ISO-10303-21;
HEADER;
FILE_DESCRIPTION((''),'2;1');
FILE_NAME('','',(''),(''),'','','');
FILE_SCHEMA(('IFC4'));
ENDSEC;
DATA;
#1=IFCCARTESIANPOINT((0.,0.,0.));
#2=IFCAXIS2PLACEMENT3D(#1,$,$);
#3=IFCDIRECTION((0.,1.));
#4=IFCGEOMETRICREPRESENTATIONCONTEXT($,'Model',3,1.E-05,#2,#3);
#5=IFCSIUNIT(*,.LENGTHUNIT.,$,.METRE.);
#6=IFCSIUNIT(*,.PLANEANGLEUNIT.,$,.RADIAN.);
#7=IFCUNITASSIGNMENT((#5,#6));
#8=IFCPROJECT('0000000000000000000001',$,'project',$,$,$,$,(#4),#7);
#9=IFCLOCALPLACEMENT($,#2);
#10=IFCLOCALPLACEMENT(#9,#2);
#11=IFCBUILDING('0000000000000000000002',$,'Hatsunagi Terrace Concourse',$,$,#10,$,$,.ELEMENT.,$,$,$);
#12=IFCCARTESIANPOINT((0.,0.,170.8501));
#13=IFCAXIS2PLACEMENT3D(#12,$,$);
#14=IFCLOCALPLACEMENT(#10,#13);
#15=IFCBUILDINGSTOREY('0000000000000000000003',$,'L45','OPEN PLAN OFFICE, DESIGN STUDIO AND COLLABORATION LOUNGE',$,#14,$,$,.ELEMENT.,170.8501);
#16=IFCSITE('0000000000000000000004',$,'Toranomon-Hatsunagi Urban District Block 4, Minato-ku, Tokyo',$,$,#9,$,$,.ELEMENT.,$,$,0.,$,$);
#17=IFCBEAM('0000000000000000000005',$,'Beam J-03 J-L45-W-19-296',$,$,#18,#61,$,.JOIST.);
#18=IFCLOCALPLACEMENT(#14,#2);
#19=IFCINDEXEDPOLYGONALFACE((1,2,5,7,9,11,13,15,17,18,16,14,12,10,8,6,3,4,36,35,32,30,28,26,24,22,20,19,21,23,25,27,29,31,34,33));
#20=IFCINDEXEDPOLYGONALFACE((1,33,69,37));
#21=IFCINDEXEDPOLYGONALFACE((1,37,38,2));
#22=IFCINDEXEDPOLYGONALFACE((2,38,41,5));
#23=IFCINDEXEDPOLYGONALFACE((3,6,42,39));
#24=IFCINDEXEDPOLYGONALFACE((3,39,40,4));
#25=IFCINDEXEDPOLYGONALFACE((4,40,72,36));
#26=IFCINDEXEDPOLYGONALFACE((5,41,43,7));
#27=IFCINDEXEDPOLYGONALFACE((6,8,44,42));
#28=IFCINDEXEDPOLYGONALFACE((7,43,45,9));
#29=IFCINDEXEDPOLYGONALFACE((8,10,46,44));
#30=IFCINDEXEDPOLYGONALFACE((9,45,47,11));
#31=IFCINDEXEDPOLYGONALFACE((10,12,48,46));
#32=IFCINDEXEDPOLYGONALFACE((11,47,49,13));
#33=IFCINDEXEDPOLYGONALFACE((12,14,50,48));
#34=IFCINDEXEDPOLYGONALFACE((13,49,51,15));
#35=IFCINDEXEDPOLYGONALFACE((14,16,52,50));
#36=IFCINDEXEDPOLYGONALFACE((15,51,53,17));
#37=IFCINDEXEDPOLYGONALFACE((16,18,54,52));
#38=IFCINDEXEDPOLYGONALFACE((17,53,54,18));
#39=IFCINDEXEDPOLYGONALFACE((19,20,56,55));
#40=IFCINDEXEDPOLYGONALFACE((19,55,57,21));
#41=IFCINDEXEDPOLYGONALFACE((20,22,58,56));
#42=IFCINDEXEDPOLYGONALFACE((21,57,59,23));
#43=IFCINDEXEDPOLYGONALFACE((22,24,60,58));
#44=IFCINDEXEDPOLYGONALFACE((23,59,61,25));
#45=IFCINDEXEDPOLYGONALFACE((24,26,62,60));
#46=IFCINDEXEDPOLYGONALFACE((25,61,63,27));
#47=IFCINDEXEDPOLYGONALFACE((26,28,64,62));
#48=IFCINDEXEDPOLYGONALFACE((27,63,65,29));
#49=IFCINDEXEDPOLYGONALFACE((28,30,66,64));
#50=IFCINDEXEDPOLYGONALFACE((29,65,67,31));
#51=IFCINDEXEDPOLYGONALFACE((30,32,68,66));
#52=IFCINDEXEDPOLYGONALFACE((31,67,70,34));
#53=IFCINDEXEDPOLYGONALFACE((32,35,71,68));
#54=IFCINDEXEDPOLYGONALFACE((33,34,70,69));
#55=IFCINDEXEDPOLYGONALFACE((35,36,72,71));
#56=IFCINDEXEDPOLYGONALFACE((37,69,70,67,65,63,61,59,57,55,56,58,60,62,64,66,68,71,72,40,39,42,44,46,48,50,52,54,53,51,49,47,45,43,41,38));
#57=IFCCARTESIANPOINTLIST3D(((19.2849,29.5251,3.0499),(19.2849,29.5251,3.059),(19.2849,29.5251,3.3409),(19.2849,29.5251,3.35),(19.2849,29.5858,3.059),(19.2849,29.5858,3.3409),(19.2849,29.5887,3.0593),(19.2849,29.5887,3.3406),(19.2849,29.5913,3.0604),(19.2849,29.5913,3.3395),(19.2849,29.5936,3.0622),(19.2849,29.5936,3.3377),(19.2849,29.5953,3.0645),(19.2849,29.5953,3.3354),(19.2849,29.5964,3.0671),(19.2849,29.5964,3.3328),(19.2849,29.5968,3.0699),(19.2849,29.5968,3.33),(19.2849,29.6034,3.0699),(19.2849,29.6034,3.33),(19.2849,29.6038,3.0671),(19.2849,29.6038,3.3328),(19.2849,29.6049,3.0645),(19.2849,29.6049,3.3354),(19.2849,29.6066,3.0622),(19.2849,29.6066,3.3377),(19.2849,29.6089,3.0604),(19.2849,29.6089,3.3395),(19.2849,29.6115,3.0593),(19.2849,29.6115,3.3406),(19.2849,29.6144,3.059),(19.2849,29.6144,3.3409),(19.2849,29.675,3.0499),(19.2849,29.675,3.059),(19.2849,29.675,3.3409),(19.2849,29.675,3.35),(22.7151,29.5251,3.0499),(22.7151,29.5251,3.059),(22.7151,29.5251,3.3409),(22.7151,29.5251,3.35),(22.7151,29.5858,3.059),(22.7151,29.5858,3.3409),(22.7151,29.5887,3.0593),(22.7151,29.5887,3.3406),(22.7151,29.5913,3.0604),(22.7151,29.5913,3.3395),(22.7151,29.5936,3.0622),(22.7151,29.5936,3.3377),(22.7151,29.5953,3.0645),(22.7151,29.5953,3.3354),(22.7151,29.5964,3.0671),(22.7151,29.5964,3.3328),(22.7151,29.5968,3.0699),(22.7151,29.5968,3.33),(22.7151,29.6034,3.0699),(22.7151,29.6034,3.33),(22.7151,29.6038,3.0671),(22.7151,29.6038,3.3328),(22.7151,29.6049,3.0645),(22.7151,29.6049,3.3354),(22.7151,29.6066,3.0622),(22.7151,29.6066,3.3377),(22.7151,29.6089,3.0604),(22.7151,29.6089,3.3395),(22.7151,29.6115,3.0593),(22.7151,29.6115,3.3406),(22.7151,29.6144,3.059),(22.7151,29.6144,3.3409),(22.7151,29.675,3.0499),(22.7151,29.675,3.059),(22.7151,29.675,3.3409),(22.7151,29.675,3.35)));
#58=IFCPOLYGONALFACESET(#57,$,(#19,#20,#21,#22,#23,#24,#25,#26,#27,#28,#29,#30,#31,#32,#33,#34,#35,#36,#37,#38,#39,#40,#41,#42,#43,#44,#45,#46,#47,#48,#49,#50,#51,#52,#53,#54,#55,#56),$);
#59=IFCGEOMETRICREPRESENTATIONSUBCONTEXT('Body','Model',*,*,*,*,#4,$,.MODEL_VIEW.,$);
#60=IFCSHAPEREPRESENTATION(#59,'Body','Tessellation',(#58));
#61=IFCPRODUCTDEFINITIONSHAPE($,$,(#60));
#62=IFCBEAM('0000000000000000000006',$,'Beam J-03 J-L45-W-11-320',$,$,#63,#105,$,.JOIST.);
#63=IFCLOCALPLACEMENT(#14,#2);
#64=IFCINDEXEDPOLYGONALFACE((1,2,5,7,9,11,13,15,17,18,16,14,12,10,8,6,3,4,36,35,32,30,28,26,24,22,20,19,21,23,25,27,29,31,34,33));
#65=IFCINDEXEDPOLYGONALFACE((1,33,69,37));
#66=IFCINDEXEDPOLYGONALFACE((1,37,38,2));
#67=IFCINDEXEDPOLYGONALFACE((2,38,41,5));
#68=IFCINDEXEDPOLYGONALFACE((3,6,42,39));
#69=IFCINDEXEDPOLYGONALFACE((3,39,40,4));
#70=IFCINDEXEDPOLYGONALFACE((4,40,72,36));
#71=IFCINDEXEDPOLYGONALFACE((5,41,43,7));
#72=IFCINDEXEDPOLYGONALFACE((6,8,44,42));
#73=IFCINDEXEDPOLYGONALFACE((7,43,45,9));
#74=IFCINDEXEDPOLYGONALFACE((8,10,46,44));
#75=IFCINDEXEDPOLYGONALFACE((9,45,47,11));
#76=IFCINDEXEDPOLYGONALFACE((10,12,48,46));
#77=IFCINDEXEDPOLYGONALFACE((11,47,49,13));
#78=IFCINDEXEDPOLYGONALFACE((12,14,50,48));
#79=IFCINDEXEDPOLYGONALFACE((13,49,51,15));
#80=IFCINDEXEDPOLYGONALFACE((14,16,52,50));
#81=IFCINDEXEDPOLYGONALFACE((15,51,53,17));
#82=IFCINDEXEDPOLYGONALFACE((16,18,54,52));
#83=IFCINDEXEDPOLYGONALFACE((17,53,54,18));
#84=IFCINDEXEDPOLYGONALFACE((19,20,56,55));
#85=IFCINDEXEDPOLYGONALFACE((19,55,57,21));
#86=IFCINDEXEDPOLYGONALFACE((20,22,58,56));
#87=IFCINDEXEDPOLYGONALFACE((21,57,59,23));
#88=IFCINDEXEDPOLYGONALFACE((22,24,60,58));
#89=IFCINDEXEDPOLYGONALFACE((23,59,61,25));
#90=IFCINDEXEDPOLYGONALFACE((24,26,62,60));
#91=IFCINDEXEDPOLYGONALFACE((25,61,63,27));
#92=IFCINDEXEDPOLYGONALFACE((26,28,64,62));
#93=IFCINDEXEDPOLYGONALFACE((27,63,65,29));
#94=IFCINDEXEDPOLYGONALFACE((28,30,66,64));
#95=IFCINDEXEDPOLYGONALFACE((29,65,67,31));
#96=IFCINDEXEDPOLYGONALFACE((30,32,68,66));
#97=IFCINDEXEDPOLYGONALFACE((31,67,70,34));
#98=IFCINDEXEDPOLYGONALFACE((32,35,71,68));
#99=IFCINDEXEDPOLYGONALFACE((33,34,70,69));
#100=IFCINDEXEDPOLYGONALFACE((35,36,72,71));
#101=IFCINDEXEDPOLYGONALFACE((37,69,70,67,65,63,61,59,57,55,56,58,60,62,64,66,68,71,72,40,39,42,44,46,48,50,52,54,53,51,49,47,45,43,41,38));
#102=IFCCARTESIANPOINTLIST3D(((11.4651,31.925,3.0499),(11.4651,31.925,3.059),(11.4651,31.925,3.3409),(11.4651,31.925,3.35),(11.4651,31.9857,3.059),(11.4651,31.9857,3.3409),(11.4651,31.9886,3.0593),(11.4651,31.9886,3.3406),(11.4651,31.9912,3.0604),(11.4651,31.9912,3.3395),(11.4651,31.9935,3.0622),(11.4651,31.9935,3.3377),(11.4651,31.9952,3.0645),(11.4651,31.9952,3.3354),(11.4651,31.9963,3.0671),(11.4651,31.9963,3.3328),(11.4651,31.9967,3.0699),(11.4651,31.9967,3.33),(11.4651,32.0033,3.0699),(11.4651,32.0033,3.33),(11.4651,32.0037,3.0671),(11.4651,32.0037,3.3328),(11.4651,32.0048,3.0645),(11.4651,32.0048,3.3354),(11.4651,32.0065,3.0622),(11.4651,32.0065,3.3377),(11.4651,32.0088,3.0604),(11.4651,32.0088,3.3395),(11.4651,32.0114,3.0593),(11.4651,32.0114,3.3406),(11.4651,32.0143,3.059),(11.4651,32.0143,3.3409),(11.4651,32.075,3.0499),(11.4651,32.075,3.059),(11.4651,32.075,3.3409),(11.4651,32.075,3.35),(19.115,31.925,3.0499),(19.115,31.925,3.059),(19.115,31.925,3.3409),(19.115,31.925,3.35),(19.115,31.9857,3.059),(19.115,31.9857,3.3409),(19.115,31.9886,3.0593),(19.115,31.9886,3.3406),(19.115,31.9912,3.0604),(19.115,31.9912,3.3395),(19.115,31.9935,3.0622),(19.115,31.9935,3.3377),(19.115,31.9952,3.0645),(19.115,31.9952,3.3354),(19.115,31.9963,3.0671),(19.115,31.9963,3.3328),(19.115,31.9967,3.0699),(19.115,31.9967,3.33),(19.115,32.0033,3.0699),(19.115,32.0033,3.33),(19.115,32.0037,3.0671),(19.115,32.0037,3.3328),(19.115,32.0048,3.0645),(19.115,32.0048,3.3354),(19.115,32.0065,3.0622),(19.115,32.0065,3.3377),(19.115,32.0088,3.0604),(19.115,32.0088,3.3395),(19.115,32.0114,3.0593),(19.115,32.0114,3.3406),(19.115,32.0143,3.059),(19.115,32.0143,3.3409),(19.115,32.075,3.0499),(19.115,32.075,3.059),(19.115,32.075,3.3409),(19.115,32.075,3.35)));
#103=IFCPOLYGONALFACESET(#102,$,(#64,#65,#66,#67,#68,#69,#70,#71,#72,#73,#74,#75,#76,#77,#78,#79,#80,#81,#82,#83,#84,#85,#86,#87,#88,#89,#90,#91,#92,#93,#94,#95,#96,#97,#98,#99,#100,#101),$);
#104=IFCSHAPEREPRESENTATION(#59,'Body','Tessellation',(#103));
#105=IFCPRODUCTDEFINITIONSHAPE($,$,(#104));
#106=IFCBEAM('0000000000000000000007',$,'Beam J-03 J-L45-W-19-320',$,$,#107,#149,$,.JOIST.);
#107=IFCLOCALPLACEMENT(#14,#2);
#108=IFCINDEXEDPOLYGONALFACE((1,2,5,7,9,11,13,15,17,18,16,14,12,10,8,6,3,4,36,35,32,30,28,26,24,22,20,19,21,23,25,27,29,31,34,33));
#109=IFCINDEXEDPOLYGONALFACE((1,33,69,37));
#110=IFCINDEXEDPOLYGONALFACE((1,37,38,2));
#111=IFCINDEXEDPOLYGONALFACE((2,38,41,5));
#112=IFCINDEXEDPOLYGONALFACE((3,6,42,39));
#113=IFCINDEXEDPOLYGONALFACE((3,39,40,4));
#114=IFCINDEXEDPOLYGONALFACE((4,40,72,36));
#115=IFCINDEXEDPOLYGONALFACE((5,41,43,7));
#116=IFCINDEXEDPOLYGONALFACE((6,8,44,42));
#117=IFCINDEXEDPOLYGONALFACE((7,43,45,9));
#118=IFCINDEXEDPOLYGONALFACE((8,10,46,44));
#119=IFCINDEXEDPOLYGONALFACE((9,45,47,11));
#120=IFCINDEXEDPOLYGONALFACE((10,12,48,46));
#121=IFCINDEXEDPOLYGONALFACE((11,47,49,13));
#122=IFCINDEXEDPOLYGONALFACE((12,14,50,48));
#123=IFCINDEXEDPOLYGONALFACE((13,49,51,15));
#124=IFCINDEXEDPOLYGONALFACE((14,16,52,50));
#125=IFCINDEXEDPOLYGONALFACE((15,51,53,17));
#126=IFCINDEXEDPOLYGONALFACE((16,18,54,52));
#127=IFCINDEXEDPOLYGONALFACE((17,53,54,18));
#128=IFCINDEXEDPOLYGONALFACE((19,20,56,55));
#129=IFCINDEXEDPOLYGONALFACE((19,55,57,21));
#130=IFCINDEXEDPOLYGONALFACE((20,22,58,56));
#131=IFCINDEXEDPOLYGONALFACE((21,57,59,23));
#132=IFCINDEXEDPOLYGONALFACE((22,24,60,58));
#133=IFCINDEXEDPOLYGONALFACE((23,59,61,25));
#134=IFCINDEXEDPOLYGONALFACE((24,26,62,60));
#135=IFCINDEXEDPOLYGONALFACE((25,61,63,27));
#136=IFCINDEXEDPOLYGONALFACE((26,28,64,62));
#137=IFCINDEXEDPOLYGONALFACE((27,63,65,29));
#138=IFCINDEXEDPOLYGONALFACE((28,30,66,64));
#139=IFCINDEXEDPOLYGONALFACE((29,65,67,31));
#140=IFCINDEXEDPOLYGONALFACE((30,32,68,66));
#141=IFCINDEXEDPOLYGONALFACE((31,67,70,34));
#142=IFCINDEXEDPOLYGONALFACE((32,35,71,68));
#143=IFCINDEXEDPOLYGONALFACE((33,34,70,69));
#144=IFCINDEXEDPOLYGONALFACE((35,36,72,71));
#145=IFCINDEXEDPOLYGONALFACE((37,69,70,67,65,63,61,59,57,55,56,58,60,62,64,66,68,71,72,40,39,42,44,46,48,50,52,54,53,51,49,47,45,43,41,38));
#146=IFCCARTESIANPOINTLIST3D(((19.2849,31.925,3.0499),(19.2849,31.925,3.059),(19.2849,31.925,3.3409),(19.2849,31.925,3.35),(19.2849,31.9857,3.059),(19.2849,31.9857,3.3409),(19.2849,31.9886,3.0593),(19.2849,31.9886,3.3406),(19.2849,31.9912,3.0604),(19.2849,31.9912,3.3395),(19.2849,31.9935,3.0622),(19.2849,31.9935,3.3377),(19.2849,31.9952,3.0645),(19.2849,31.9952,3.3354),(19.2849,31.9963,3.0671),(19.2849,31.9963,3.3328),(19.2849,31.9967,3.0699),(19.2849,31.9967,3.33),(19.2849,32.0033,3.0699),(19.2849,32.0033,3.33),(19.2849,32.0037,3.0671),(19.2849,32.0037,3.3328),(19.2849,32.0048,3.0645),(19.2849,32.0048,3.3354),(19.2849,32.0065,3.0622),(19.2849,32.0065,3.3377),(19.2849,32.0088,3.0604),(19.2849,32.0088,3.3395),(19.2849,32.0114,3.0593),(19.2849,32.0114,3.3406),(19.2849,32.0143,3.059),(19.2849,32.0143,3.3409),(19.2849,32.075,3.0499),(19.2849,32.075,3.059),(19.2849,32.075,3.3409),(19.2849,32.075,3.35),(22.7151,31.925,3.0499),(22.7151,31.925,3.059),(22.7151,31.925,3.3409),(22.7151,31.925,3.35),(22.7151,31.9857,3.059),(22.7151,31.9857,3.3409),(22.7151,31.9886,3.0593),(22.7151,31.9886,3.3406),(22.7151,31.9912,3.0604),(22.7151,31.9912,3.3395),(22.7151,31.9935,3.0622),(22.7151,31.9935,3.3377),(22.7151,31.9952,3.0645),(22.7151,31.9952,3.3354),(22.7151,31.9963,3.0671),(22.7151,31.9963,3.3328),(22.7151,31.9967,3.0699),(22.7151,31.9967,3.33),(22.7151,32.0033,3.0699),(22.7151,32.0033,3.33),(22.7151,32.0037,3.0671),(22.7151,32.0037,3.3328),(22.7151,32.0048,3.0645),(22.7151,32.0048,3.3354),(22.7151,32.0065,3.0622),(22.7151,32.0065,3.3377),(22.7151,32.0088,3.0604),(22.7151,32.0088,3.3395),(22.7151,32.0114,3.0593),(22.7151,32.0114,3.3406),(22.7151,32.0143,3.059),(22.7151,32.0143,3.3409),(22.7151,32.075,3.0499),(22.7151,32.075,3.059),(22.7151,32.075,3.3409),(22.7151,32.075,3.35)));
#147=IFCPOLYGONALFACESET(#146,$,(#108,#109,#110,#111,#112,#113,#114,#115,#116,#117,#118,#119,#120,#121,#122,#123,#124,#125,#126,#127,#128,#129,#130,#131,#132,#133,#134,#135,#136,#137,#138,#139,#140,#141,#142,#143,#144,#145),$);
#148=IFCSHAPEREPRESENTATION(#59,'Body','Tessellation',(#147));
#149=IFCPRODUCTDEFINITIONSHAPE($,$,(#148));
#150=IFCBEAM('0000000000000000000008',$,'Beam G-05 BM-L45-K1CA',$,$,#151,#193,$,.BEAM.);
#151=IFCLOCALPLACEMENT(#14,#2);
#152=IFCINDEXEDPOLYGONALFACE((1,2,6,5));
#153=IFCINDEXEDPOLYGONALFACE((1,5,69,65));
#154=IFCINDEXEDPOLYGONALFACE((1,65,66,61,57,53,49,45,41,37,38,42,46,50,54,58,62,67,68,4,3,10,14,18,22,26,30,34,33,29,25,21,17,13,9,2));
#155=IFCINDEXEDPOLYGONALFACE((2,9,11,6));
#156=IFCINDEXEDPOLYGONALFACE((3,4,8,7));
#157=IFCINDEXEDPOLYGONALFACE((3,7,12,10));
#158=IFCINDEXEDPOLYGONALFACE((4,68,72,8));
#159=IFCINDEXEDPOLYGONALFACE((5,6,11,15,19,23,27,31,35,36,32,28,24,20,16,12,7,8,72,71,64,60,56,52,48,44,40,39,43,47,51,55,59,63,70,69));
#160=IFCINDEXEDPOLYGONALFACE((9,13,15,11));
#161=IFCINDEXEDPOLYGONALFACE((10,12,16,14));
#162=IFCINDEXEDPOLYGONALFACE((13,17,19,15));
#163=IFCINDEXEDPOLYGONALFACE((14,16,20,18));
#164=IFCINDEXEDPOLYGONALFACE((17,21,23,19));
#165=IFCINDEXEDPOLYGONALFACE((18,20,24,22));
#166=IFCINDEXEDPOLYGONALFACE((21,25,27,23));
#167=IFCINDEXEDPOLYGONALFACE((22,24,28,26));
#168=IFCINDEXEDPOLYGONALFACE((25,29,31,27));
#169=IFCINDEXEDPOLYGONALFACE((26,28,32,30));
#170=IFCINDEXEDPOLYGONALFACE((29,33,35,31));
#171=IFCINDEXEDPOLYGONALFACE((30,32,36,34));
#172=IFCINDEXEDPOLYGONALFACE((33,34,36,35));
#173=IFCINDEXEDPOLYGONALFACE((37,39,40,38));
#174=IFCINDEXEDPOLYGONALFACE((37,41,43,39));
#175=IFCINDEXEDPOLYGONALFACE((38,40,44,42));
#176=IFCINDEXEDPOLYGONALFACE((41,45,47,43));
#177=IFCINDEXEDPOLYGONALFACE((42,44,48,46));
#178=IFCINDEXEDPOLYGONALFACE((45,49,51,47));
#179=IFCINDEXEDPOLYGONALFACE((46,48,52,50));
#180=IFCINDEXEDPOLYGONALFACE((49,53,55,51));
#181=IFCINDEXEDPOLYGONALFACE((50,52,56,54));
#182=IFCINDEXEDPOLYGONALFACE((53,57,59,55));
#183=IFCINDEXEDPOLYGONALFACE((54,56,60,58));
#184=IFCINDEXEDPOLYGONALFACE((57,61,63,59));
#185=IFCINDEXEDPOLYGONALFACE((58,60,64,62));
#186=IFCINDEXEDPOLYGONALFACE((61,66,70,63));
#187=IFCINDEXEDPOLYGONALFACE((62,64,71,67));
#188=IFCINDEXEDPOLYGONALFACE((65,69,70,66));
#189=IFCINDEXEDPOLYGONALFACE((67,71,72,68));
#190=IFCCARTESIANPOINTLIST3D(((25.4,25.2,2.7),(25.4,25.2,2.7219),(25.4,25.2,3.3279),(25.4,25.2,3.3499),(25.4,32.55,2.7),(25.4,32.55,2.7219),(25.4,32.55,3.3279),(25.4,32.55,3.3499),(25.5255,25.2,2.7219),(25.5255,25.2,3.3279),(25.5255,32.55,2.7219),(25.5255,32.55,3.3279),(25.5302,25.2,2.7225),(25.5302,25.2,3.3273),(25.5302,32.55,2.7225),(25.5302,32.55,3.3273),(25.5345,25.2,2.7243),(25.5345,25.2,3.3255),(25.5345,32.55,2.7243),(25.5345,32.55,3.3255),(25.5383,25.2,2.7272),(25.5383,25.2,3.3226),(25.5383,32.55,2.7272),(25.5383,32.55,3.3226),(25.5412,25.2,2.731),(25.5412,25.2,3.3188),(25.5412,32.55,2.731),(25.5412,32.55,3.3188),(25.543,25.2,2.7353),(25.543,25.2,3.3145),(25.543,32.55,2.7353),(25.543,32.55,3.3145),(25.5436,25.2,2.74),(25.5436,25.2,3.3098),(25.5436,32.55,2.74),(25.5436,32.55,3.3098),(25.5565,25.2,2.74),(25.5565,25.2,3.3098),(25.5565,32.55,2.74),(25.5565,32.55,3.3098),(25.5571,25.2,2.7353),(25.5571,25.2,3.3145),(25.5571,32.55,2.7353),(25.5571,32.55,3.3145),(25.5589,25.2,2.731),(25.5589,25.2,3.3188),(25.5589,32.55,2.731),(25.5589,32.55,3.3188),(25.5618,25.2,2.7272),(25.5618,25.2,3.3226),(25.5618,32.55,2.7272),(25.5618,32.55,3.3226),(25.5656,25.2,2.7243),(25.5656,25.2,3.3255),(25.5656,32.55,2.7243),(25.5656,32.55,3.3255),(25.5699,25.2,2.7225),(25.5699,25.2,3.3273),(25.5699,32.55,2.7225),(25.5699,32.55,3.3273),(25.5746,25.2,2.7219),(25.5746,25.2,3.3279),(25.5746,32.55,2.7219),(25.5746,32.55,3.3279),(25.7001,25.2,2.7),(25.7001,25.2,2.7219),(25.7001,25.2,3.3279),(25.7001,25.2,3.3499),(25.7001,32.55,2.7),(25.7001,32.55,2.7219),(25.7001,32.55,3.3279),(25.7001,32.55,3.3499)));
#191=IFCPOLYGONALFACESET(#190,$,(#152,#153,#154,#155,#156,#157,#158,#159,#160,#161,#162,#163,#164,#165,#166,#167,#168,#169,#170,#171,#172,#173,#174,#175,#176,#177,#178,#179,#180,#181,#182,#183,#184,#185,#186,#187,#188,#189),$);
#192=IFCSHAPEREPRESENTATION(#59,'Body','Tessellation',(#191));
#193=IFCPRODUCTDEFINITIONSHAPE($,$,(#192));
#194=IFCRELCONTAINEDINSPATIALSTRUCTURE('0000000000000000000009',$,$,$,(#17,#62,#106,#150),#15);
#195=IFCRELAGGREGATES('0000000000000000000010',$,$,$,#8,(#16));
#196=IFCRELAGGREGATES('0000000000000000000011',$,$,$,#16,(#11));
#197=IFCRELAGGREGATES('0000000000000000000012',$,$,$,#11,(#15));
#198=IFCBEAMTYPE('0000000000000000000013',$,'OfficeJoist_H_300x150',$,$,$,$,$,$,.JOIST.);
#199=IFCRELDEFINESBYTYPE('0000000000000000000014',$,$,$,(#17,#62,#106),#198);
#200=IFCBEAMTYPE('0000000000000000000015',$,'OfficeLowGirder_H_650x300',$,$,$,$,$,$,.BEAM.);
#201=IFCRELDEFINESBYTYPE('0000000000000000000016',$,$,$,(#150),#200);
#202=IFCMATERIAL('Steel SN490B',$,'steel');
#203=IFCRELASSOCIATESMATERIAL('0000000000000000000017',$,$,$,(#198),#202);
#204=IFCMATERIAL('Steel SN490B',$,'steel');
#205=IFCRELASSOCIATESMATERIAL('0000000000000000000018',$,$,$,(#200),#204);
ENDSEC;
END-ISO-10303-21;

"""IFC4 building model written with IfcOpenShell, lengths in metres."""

from ifc_helpers import new_model, si_unit, direction, frame, origin, origin_2d, place, context, subcontext, project, spatial, i_section, extrude, material, material_profile, profile_set, type_object, element, save


model = new_model("IFC4")

# Units and contexts
model_context = context("Model", 3, precision=1e-05, world=origin(), true_north=direction((0.0, 1.0)))
body_context = subcontext(model_context, "Body", "Model", "MODEL_VIEW")
ifc_project = project(units=[si_unit("LENGTHUNIT", "METRE"), si_unit("PLANEANGLEUNIT", "RADIAN")], contexts=[model_context])

# Site, building, storey
site_placement = place(None, origin())
site = spatial("IfcSite", under=ifc_project, at=site_placement, Name="Toranomon-Hatsunagi Urban District Block 4, Minato-ku, Tokyo", CompositionType="ELEMENT", RefElevation=0.0)
building_placement = place(site_placement, origin())
building = spatial("IfcBuilding", under=site, at=building_placement, Name="Hatsunagi Terrace Concourse", CompositionType="ELEMENT")
storey_placement = place(building_placement, frame((0.0, 0.0, 170.8501)))
storey = spatial("IfcBuildingStorey", under=building, at=storey_placement, Name="L45", Description="OPEN PLAN OFFICE, DESIGN STUDIO AND COLLABORATION LOUNGE", CompositionType="ELEMENT", Elevation=170.8501)

# Beams
ifc_material_1 = material(Name="Steel SN490B", Category="steel")
ifc_material_profile_1 = material_profile(ifc_material_1, i_section(OverallWidth=0.1499, OverallDepth=0.3, WebThickness=0.0066, FlangeThickness=0.009, FilletRadius=0.011, at=origin_2d()), Name="H-300x150x6.5x9")
ifc_profile_set_1 = profile_set([ifc_material_profile_1], Name="Steel SN490B")
beam_type_1 = type_object("IfcBeamType", Name="OfficeJoist_H_300x150", PredefinedType="JOIST", material=ifc_profile_set_1)
beam_1_placement = place(storey_placement, frame((19.2849, 29.6001, 3.2), z_axis=(1.0, 0.0, 0.0), x_axis=(0.0, 1.0, 0.0)))
element("IfcBeam", 1, at=beam_1_placement, inside=storey, type_object=beam_type_1, Name="Beam J-03 J-L45-W-19-296", PredefinedType="JOIST", context=body_context, shape_type="SweptSolid", body=[
    extrude(i_section(OverallWidth=0.1499, OverallDepth=0.3, WebThickness=0.0066, FlangeThickness=0.009, FilletRadius=0.011, at=origin_2d()), origin(), (0.0, 0.0, 1.0), 3.4302),
])
beam_2_placement = place(storey_placement, frame((11.4651, 32.0, 3.2), z_axis=(1.0, 0.0, 0.0), x_axis=(0.0, 1.0, 0.0)))
element("IfcBeam", 2, at=beam_2_placement, inside=storey, type_object=beam_type_1, Name="Beam J-03 J-L45-W-11-320", PredefinedType="JOIST", context=body_context, shape_type="SweptSolid", body=[
    extrude(i_section(OverallWidth=0.1499, OverallDepth=0.3, WebThickness=0.0066, FlangeThickness=0.009, FilletRadius=0.011, at=origin_2d()), origin(), (0.0, 0.0, 1.0), 7.6499),
])
beam_3_placement = place(storey_placement, frame((19.2849, 32.0, 3.2), z_axis=(1.0, 0.0, 0.0), x_axis=(0.0, 1.0, 0.0)))
element("IfcBeam", 3, at=beam_3_placement, inside=storey, type_object=beam_type_1, Name="Beam J-03 J-L45-W-19-320", PredefinedType="JOIST", context=body_context, shape_type="SweptSolid", body=[
    extrude(i_section(OverallWidth=0.1499, OverallDepth=0.3, WebThickness=0.0066, FlangeThickness=0.009, FilletRadius=0.011, at=origin_2d()), origin(), (0.0, 0.0, 1.0), 3.4302),
])
ifc_material_2 = material(Name="Steel SN490B", Category="steel")
ifc_material_profile_2 = material_profile(ifc_material_2, i_section(OverallWidth=0.3, OverallDepth=0.6499, WebThickness=0.0129, FlangeThickness=0.022, FilletRadius=0.0181, at=origin_2d()), Name="H-650x300x13x22")
ifc_profile_set_2 = profile_set([ifc_material_profile_2], Name="Steel SN490B")
beam_type_2 = type_object("IfcBeamType", Name="OfficeLowGirder_H_650x300", PredefinedType="BEAM", material=ifc_profile_set_2)
beam_4_placement = place(storey_placement, frame((25.55, 25.2, 3.0249), z_axis=(0.0, 1.0, 0.0), x_axis=(-1.0, 0.0, 0.0)))
element("IfcBeam", 4, at=beam_4_placement, inside=storey, type_object=beam_type_2, Name="Beam G-05 BM-L45-K1CA", PredefinedType="BEAM", context=body_context, shape_type="SweptSolid", body=[
    extrude(i_section(OverallWidth=0.3, OverallDepth=0.6499, WebThickness=0.0129, FlangeThickness=0.022, FilletRadius=0.0181, at=origin_2d()), origin(), (0.0, 0.0, 1.0), 7.3501),
])

save(model, "model.ifc")
